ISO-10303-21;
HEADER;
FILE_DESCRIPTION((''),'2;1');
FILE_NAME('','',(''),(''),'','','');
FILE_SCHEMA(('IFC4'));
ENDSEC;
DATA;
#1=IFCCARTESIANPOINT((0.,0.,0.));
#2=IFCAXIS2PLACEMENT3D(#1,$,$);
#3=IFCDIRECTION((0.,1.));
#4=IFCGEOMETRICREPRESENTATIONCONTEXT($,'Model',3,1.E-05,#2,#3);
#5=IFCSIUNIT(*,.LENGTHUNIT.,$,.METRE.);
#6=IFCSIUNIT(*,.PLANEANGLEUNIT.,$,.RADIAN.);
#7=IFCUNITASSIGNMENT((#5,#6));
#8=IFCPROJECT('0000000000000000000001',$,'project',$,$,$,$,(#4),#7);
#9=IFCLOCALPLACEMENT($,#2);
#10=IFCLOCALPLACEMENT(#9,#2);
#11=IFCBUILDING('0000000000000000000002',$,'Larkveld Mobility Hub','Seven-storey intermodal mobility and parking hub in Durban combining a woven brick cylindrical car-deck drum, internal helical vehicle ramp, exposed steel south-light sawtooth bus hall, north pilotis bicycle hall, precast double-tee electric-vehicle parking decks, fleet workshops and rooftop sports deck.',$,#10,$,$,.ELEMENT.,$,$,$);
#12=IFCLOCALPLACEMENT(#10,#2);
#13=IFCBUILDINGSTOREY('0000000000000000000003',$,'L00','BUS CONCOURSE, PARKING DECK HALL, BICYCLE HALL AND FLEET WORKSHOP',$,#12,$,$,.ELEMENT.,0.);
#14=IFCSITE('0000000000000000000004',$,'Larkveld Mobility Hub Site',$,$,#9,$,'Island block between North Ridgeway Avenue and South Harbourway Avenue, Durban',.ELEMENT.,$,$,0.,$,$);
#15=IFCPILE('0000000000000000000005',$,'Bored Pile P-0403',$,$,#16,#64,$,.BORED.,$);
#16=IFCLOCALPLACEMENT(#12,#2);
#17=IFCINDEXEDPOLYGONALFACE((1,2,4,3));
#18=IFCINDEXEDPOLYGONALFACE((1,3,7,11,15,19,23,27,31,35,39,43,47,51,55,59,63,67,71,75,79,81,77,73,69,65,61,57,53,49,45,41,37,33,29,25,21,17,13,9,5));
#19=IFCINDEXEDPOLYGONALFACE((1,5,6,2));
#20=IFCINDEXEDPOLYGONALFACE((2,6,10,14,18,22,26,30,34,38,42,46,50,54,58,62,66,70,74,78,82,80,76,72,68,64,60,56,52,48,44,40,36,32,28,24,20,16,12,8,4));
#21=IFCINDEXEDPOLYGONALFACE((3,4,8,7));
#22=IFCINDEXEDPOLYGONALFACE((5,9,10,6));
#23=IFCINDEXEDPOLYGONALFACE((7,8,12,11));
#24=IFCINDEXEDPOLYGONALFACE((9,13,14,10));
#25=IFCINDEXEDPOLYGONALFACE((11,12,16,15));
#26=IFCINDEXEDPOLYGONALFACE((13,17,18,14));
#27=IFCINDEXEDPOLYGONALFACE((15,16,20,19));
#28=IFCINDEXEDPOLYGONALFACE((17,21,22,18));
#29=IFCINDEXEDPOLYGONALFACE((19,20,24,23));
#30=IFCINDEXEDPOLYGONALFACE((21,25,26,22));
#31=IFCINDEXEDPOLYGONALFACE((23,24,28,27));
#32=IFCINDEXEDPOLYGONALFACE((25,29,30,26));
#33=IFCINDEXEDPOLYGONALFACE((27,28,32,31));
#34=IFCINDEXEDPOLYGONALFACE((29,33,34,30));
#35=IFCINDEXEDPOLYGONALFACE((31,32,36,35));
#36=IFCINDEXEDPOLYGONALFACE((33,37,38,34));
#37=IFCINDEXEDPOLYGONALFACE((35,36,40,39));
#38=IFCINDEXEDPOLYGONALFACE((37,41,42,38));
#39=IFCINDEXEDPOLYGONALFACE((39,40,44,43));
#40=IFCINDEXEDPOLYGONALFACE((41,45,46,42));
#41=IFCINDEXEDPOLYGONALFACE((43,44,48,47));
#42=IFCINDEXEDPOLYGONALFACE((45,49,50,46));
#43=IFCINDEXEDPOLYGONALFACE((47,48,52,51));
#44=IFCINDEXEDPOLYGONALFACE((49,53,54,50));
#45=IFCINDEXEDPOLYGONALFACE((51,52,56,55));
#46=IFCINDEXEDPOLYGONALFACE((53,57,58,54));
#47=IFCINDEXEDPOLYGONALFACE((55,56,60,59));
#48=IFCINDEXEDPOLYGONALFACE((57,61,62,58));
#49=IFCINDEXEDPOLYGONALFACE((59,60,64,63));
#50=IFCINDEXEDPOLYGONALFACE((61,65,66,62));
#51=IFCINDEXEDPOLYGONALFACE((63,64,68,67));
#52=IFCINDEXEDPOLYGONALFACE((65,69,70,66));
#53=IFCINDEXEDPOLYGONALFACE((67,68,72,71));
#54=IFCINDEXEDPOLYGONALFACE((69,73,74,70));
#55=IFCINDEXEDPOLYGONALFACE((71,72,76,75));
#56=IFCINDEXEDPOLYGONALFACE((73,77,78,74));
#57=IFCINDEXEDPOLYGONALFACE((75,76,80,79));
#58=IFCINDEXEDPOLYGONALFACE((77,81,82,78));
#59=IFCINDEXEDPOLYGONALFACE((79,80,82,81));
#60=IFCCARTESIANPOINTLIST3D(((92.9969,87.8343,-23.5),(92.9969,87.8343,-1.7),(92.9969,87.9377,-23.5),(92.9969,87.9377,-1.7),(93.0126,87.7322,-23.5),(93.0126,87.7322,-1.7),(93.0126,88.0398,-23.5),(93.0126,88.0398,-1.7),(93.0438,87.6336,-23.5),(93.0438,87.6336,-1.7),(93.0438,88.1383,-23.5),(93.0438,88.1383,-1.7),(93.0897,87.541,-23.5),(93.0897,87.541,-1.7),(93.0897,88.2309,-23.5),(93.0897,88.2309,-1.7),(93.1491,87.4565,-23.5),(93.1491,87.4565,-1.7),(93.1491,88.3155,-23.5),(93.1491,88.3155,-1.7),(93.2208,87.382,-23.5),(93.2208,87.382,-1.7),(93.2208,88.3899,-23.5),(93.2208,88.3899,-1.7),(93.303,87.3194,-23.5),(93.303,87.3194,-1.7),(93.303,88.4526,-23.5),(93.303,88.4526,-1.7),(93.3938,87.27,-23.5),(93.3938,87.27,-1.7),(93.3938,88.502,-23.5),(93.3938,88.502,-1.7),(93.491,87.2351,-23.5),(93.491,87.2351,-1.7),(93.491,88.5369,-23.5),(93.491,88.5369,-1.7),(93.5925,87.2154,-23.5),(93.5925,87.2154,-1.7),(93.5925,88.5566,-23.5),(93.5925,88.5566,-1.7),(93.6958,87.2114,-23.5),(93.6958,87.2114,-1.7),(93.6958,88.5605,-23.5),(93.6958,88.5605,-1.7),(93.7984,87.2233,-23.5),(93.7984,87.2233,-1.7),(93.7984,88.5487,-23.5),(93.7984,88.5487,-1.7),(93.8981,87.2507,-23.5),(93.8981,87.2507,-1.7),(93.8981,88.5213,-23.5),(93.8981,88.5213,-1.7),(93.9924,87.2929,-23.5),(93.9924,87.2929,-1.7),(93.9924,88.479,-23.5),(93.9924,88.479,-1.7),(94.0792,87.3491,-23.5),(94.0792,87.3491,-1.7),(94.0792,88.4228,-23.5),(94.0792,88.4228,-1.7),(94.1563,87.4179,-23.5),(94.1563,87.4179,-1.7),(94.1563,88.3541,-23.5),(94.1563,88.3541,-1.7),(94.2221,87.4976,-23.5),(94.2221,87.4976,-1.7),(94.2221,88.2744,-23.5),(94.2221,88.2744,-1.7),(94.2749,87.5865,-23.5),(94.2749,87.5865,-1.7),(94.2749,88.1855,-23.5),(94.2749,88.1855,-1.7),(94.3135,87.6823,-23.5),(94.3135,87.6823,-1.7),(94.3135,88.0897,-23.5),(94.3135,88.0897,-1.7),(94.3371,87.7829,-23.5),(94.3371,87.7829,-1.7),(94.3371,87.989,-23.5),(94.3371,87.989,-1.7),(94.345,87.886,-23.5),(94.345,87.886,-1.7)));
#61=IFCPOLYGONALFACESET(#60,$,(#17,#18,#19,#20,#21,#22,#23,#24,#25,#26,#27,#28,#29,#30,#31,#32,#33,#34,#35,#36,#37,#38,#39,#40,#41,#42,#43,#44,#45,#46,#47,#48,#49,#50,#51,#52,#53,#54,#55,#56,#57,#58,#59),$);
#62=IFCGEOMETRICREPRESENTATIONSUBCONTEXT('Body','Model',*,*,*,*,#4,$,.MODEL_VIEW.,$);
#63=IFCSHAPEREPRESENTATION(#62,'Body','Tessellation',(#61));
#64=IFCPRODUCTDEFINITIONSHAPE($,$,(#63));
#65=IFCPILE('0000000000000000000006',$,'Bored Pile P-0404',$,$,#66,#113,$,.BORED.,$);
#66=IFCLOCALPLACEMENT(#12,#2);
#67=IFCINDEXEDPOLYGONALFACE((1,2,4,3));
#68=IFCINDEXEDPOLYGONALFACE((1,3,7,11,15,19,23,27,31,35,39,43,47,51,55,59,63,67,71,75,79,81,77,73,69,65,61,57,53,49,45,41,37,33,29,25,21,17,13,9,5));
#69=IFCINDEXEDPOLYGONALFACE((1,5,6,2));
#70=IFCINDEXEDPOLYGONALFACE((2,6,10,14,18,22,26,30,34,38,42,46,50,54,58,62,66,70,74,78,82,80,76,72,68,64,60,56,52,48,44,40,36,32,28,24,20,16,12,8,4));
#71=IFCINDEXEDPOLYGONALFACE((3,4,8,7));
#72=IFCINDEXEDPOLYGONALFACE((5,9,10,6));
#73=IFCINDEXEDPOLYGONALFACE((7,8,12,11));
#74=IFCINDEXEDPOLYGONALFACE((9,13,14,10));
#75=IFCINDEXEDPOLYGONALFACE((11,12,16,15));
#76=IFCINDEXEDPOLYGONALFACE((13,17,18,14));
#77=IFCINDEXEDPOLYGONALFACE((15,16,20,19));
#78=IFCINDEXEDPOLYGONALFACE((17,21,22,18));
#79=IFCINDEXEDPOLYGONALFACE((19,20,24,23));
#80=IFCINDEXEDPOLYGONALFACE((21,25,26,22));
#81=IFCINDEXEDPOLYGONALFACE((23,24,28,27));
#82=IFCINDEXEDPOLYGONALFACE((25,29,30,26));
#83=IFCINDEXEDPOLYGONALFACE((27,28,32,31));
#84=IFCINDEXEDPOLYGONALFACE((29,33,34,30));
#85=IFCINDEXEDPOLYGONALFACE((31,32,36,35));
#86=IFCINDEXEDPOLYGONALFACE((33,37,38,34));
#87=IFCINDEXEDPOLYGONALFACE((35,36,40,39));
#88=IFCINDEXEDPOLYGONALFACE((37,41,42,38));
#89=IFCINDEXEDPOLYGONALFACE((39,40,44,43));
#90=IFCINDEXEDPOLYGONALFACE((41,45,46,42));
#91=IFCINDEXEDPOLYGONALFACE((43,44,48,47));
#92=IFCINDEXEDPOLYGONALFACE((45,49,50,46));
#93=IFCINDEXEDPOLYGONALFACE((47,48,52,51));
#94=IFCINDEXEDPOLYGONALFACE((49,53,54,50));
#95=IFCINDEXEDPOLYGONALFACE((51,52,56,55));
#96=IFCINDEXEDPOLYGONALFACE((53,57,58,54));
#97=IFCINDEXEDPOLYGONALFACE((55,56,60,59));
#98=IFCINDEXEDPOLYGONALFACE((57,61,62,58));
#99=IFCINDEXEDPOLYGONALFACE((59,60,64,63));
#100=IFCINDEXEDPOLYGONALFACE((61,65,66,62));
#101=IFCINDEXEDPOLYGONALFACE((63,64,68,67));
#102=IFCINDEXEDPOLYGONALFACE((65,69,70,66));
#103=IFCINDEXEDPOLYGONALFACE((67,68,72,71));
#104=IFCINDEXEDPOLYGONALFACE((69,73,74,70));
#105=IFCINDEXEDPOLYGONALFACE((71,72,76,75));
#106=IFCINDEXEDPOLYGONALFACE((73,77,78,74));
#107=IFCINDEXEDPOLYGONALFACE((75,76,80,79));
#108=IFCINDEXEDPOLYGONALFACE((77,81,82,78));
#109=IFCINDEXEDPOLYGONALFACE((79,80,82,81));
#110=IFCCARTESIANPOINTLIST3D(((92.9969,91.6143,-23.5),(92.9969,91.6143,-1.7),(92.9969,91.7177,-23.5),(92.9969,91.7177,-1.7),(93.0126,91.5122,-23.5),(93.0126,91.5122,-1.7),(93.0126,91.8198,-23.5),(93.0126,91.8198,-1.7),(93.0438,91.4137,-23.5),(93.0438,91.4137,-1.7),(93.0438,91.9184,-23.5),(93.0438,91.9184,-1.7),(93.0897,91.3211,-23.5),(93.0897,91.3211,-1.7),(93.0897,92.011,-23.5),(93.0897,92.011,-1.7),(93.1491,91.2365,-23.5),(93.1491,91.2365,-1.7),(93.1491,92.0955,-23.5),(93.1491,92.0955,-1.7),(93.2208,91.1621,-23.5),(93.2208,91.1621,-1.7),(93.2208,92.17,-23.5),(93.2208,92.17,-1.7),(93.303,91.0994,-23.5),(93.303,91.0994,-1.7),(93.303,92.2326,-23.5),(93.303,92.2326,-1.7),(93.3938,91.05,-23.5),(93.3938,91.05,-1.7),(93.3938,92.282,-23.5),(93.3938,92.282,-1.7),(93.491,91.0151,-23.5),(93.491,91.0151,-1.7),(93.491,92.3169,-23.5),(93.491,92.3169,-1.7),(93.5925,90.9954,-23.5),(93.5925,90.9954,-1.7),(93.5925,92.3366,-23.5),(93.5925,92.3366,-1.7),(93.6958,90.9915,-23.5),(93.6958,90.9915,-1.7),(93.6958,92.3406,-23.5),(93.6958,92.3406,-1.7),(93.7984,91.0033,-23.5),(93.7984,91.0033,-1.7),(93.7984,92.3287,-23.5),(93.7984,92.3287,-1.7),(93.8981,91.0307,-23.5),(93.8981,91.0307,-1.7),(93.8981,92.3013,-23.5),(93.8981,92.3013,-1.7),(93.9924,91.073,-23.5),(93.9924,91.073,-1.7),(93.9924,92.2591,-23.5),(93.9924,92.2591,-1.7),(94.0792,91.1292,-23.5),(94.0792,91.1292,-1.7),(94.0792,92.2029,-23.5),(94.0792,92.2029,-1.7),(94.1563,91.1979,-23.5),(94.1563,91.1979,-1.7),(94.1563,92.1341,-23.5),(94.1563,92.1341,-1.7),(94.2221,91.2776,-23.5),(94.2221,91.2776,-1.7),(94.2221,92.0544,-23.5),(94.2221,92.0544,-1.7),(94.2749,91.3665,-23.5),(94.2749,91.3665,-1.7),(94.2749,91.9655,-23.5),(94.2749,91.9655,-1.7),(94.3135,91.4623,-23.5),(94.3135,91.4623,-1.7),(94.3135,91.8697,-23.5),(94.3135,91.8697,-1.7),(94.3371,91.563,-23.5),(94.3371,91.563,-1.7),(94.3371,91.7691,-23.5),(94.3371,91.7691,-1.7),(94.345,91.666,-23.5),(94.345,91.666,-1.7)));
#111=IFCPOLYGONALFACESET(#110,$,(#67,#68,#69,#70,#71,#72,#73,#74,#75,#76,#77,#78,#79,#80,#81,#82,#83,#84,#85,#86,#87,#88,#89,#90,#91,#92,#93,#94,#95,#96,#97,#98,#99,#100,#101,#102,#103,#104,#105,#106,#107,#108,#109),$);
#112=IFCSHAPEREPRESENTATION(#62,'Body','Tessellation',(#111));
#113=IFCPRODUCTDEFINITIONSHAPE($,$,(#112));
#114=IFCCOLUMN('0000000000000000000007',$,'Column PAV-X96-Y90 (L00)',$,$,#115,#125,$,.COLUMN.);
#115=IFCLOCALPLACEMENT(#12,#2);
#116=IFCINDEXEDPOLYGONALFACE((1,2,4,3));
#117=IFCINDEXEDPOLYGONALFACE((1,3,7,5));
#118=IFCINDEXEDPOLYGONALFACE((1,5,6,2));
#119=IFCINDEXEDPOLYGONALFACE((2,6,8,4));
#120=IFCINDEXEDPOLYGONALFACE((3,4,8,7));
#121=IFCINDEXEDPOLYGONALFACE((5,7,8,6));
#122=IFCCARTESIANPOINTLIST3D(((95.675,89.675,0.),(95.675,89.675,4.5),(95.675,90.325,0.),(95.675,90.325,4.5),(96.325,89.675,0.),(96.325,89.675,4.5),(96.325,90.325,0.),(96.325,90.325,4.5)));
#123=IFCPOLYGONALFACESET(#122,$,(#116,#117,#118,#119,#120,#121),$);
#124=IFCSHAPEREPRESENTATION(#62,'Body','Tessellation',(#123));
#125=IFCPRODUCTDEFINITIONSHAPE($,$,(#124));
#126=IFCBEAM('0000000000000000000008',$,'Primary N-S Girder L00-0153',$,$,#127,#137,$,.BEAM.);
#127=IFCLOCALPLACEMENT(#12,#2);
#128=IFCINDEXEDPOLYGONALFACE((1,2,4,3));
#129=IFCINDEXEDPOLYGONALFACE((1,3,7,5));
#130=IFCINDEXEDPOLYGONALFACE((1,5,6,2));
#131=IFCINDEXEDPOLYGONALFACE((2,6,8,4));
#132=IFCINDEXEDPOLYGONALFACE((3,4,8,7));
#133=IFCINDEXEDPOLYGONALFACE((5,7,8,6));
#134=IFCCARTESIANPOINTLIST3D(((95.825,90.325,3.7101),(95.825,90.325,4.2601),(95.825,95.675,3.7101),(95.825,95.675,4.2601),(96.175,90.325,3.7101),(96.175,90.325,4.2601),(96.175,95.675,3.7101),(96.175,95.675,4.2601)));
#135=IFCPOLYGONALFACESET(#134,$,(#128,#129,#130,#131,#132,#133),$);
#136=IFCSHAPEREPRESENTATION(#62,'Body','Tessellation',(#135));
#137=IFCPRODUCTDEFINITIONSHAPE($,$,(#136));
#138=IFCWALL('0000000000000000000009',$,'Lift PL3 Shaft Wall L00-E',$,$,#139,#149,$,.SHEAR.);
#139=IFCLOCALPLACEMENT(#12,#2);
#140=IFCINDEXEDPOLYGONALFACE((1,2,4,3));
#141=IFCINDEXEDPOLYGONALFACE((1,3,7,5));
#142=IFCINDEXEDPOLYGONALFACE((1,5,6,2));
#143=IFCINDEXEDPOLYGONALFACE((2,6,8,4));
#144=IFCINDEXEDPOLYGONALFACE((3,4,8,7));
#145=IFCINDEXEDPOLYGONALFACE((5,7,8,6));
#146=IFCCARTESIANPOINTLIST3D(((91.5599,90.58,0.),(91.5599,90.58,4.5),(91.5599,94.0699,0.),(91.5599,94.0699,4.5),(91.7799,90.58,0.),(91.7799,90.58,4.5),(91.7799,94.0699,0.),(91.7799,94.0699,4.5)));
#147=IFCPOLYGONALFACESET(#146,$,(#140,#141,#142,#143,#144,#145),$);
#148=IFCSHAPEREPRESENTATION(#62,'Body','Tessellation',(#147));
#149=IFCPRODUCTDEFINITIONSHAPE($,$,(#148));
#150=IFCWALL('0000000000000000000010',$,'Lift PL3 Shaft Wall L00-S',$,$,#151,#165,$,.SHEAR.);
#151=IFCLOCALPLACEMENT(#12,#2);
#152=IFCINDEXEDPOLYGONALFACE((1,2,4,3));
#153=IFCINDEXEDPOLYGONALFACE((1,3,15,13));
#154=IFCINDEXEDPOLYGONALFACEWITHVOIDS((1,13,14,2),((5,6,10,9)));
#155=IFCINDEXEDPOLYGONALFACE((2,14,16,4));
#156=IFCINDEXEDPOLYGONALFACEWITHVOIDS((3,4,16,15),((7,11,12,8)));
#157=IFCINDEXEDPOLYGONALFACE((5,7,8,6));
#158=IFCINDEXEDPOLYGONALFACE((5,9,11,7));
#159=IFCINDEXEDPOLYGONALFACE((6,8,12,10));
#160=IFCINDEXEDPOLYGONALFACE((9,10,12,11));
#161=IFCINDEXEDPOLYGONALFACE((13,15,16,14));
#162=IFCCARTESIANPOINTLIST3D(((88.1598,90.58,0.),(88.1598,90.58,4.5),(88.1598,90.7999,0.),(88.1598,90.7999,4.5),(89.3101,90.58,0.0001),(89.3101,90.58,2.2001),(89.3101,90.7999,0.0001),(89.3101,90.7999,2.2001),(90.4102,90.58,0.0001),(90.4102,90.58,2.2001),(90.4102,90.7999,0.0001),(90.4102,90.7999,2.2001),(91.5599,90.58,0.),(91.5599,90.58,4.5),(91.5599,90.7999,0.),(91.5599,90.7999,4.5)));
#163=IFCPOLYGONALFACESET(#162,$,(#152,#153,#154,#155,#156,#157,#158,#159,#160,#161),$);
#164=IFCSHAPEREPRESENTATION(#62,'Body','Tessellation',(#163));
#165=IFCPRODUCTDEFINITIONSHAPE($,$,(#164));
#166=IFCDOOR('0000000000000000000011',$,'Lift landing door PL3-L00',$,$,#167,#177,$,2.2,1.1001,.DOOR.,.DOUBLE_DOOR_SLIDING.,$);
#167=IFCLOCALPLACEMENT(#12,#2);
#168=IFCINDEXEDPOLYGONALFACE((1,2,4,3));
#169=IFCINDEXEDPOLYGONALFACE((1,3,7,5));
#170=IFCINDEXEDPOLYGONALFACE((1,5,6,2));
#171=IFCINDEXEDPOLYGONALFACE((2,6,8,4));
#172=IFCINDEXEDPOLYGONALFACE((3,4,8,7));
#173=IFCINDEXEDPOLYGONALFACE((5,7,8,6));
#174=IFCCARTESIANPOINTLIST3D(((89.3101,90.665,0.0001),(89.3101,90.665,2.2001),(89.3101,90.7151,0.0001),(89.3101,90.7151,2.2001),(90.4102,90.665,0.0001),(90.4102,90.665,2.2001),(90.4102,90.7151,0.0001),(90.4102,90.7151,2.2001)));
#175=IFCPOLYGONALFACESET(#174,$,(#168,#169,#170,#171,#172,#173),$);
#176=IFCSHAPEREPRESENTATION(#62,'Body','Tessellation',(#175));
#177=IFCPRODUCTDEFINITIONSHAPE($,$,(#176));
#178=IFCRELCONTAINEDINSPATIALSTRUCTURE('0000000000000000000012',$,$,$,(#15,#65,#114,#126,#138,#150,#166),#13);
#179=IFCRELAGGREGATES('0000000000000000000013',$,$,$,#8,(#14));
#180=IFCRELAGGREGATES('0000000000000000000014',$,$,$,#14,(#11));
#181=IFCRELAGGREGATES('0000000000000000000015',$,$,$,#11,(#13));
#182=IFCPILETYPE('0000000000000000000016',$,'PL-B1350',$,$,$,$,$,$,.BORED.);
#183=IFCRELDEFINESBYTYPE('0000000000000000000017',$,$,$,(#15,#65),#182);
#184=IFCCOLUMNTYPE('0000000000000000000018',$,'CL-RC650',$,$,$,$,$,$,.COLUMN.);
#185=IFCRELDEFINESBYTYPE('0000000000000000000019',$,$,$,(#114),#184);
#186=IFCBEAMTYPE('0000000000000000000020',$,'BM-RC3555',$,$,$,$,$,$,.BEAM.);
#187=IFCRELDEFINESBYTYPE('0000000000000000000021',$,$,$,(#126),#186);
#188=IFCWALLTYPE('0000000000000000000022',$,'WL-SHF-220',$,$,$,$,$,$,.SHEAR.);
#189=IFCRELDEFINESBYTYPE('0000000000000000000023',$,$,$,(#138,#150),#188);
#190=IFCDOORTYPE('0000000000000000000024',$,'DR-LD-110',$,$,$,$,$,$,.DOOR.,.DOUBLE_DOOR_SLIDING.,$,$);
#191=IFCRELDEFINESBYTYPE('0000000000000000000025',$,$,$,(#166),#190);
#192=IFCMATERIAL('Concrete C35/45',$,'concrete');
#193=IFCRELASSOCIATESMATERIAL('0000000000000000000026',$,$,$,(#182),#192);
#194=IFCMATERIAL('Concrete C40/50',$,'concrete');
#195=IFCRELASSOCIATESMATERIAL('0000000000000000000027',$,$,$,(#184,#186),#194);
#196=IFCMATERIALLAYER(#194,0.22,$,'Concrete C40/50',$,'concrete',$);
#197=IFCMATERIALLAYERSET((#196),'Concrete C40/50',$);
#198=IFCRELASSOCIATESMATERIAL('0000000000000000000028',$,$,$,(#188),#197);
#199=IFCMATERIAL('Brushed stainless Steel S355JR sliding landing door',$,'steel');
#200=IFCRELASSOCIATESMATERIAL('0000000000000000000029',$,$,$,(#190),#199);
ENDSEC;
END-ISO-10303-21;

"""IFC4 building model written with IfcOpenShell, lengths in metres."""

from ifc_helpers import new_model, si_unit, direction, frame, frame_2d, origin, origin_2d, place, context, subcontext, project, spatial, rectangle, circle, extrude, material, layer, layer_set, material_profile, profile_set, type_object, element, fill, save


model = new_model("IFC4")

# Units and contexts
model_context = context("Model", 3, precision=1e-05, world=origin(), true_north=direction((0.0, 1.0)))
body_context = subcontext(model_context, "Body", "Model", "MODEL_VIEW")
ifc_project = project(units=[si_unit("LENGTHUNIT", "METRE"), si_unit("PLANEANGLEUNIT", "RADIAN")], contexts=[model_context])

# Site, building, storey
site_placement = place(None, origin())
site = spatial("IfcSite", under=ifc_project, at=site_placement, Name="Larkveld Mobility Hub Site", LongName="Island block between North Ridgeway Avenue and South Harbourway Avenue, Durban", CompositionType="ELEMENT", RefElevation=0.0)
building_placement = place(site_placement, origin())
building = spatial("IfcBuilding", under=site, at=building_placement, Name="Larkveld Mobility Hub", Description="Seven-storey intermodal mobility and parking hub in Durban combining a woven brick cylindrical car-deck drum, internal helical vehicle ramp, exposed steel south-light sawtooth bus hall, north pilotis bicycle hall, precast double-tee electric-vehicle parking decks, fleet workshops and rooftop sports deck.", CompositionType="ELEMENT")
storey_placement = place(building_placement, origin())
storey = spatial("IfcBuildingStorey", under=building, at=storey_placement, Name="L00", Description="BUS CONCOURSE, PARKING DECK HALL, BICYCLE HALL AND FLEET WORKSHOP", CompositionType="ELEMENT", Elevation=0.0)

# Piles
ifc_material_1 = material(Name="Concrete C35/45", Category="concrete")
ifc_material_profile_1 = material_profile(ifc_material_1, circle(Radius=0.675, at=origin_2d()), Name="PILE D1350")
ifc_profile_set_1 = profile_set([ifc_material_profile_1], Name="Concrete C35/45")
pile_type = type_object("IfcPileType", Name="PL-B1350", PredefinedType="BORED", material=ifc_profile_set_1)
for number, where, z_axis, x_axis, name in (
    (1, (93.6699, 87.886, -1.7), (0.0, 0.0, -1.0), (1.0, 0.0, 0.0), "Bored Pile P-0403"),
    (2, (93.6699, 91.666, -1.7), (0.0, 0.0, -1.0), (1.0, 0.0, 0.0), "Bored Pile P-0404"),
):
    element("IfcPile", number, at=place(storey_placement, frame(where, z_axis=z_axis, x_axis=x_axis)), inside=storey, type_object=pile_type, Name=name, PredefinedType="BORED", context=body_context, shape_type="SweptSolid", body=[
        extrude(circle(Radius=0.675, at=origin_2d()), origin(), (0.0, 0.0, 1.0), 21.8),
    ])

# Column
ifc_material_2 = material(Name="Concrete C40/50", Category="concrete")
ifc_material_profile_2 = material_profile(ifc_material_2, rectangle(XDim=0.6499, YDim=0.6499, at=origin_2d()), Name="RC COL 650x650")
ifc_profile_set_2 = profile_set([ifc_material_profile_2], Name="Concrete C40/50")
column_type = type_object("IfcColumnType", Name="CL-RC650", PredefinedType="COLUMN", material=ifc_profile_set_2)
column_placement = place(storey_placement, frame((96.0, 90.0, 0.0), z_axis=(0.0, 0.0, 1.0), x_axis=(1.0, 0.0, 0.0)))
element("IfcColumn", 3, at=column_placement, inside=storey, type_object=column_type, Name="Column PAV-X96-Y90 (L00)", PredefinedType="COLUMN", context=body_context, shape_type="SweptSolid", body=[
    extrude(rectangle(XDim=0.6499, YDim=0.6499, at=origin_2d()), origin(), (0.0, 0.0, 1.0), 4.5),
])

# Beam
ifc_material_profile_3 = material_profile(ifc_material_2, rectangle(XDim=0.3501, YDim=0.55, at=origin_2d()), Name="RC BM 350x550")
ifc_profile_set_3 = profile_set([ifc_material_profile_3], Name="Concrete C40/50")
beam_type = type_object("IfcBeamType", Name="BM-RC3555", PredefinedType="BEAM", material=ifc_profile_set_3)
beam_placement = place(storey_placement, frame((96.0, 90.325, 3.9851), z_axis=(0.0, 1.0, 0.0), x_axis=(-1.0, 0.0, 0.0)))
element("IfcBeam", 4, at=beam_placement, inside=storey, type_object=beam_type, Name="Primary N-S Girder L00-0153", PredefinedType="BEAM", context=body_context, shape_type="SweptSolid", body=[
    extrude(rectangle(XDim=0.3501, YDim=0.55, at=origin_2d()), origin(), (0.0, 0.0, 1.0), 5.3501),
])

# Wall
ifc_layer = layer(ifc_material_2, 0.22, Name="Concrete C40/50", Category="concrete")
ifc_layer_set = layer_set([ifc_layer], Name="Concrete C40/50")
wall_type = type_object("IfcWallType", Name="WL-SHF-220", PredefinedType="SHEAR", material=ifc_layer_set)
wall_1_placement = place(storey_placement, frame((91.6699, 94.0701, 0.0), z_axis=(0.0, 0.0, 1.0), x_axis=(0.0, -1.0, 0.0)))
element("IfcWall", 5, at=wall_1_placement, inside=storey, type_object=wall_type, Name="Lift PL3 Shaft Wall L00-E", PredefinedType="SHEAR", context=body_context, shape_type="SweptSolid", body=[
    extrude(rectangle(XDim=3.49, YDim=0.22, at=frame_2d((1.7451, 0.0))), origin(), (0.0, 0.0, 1.0), 4.5),
])

# Wall, opening, door
wall_2_placement = place(storey_placement, frame((91.5601, 90.6899, 0.0), z_axis=(0.0, 0.0, 1.0), x_axis=(-1.0, 0.0, 0.0)))
wall_2 = element("IfcWall", 6, at=wall_2_placement, inside=storey, type_object=wall_type, Name="Lift PL3 Shaft Wall L00-S", PredefinedType="SHEAR", context=body_context, shape_type="SweptSolid", body=[
    extrude(rectangle(XDim=3.4001, YDim=0.22, at=frame_2d((1.7002, 0.0))), origin(), (0.0, 0.0, 1.0), 4.5),
])
opening_1_placement = place(wall_2_placement, frame((1.1499, 0.0, 0.0)))
opening_1 = element("IfcOpeningElement", 7, at=opening_1_placement, cuts=wall_2, PredefinedType="OPENING", context=body_context, shape_type="SweptSolid", body=[
    extrude(rectangle(XDim=1.1001, YDim=2.2, at=frame_2d((0.55, 1.1001))), frame((0.0, 0.1201, 0.0), z_axis=(0.0, -1.0, 0.0), x_axis=(1.0, 0.0, 0.0)), (0.0, 0.0, 1.0), 0.24),
])
ifc_material_3 = material(Name="Brushed stainless Steel S355JR sliding landing door", Category="steel")
door_type = type_object("IfcDoorType", Name="DR-LD-110", OperationType="DOUBLE_DOOR_SLIDING", PredefinedType="DOOR", material=ifc_material_3)
door_1_placement = place(opening_1_placement, origin())
door_1 = element("IfcDoor", 8, at=door_1_placement, inside=storey, type_object=door_type, Name="Lift landing door PL3-L00", OperationType="DOUBLE_DOOR_SLIDING", OverallHeight=2.2, OverallWidth=1.1001, PredefinedType="DOOR", context=body_context, shape_type="SweptSolid", body=[
    extrude(rectangle(XDim=1.1001, YDim=2.2, at=frame_2d((0.55, 1.1001))), frame((0.0, 0.0249, 0.0), z_axis=(0.0, -1.0, 0.0), x_axis=(1.0, 0.0, 0.0)), (0.0, 0.0, 1.0), 0.05),
])
fill(opening_1, door_1)

save(model, "model.ifc")
